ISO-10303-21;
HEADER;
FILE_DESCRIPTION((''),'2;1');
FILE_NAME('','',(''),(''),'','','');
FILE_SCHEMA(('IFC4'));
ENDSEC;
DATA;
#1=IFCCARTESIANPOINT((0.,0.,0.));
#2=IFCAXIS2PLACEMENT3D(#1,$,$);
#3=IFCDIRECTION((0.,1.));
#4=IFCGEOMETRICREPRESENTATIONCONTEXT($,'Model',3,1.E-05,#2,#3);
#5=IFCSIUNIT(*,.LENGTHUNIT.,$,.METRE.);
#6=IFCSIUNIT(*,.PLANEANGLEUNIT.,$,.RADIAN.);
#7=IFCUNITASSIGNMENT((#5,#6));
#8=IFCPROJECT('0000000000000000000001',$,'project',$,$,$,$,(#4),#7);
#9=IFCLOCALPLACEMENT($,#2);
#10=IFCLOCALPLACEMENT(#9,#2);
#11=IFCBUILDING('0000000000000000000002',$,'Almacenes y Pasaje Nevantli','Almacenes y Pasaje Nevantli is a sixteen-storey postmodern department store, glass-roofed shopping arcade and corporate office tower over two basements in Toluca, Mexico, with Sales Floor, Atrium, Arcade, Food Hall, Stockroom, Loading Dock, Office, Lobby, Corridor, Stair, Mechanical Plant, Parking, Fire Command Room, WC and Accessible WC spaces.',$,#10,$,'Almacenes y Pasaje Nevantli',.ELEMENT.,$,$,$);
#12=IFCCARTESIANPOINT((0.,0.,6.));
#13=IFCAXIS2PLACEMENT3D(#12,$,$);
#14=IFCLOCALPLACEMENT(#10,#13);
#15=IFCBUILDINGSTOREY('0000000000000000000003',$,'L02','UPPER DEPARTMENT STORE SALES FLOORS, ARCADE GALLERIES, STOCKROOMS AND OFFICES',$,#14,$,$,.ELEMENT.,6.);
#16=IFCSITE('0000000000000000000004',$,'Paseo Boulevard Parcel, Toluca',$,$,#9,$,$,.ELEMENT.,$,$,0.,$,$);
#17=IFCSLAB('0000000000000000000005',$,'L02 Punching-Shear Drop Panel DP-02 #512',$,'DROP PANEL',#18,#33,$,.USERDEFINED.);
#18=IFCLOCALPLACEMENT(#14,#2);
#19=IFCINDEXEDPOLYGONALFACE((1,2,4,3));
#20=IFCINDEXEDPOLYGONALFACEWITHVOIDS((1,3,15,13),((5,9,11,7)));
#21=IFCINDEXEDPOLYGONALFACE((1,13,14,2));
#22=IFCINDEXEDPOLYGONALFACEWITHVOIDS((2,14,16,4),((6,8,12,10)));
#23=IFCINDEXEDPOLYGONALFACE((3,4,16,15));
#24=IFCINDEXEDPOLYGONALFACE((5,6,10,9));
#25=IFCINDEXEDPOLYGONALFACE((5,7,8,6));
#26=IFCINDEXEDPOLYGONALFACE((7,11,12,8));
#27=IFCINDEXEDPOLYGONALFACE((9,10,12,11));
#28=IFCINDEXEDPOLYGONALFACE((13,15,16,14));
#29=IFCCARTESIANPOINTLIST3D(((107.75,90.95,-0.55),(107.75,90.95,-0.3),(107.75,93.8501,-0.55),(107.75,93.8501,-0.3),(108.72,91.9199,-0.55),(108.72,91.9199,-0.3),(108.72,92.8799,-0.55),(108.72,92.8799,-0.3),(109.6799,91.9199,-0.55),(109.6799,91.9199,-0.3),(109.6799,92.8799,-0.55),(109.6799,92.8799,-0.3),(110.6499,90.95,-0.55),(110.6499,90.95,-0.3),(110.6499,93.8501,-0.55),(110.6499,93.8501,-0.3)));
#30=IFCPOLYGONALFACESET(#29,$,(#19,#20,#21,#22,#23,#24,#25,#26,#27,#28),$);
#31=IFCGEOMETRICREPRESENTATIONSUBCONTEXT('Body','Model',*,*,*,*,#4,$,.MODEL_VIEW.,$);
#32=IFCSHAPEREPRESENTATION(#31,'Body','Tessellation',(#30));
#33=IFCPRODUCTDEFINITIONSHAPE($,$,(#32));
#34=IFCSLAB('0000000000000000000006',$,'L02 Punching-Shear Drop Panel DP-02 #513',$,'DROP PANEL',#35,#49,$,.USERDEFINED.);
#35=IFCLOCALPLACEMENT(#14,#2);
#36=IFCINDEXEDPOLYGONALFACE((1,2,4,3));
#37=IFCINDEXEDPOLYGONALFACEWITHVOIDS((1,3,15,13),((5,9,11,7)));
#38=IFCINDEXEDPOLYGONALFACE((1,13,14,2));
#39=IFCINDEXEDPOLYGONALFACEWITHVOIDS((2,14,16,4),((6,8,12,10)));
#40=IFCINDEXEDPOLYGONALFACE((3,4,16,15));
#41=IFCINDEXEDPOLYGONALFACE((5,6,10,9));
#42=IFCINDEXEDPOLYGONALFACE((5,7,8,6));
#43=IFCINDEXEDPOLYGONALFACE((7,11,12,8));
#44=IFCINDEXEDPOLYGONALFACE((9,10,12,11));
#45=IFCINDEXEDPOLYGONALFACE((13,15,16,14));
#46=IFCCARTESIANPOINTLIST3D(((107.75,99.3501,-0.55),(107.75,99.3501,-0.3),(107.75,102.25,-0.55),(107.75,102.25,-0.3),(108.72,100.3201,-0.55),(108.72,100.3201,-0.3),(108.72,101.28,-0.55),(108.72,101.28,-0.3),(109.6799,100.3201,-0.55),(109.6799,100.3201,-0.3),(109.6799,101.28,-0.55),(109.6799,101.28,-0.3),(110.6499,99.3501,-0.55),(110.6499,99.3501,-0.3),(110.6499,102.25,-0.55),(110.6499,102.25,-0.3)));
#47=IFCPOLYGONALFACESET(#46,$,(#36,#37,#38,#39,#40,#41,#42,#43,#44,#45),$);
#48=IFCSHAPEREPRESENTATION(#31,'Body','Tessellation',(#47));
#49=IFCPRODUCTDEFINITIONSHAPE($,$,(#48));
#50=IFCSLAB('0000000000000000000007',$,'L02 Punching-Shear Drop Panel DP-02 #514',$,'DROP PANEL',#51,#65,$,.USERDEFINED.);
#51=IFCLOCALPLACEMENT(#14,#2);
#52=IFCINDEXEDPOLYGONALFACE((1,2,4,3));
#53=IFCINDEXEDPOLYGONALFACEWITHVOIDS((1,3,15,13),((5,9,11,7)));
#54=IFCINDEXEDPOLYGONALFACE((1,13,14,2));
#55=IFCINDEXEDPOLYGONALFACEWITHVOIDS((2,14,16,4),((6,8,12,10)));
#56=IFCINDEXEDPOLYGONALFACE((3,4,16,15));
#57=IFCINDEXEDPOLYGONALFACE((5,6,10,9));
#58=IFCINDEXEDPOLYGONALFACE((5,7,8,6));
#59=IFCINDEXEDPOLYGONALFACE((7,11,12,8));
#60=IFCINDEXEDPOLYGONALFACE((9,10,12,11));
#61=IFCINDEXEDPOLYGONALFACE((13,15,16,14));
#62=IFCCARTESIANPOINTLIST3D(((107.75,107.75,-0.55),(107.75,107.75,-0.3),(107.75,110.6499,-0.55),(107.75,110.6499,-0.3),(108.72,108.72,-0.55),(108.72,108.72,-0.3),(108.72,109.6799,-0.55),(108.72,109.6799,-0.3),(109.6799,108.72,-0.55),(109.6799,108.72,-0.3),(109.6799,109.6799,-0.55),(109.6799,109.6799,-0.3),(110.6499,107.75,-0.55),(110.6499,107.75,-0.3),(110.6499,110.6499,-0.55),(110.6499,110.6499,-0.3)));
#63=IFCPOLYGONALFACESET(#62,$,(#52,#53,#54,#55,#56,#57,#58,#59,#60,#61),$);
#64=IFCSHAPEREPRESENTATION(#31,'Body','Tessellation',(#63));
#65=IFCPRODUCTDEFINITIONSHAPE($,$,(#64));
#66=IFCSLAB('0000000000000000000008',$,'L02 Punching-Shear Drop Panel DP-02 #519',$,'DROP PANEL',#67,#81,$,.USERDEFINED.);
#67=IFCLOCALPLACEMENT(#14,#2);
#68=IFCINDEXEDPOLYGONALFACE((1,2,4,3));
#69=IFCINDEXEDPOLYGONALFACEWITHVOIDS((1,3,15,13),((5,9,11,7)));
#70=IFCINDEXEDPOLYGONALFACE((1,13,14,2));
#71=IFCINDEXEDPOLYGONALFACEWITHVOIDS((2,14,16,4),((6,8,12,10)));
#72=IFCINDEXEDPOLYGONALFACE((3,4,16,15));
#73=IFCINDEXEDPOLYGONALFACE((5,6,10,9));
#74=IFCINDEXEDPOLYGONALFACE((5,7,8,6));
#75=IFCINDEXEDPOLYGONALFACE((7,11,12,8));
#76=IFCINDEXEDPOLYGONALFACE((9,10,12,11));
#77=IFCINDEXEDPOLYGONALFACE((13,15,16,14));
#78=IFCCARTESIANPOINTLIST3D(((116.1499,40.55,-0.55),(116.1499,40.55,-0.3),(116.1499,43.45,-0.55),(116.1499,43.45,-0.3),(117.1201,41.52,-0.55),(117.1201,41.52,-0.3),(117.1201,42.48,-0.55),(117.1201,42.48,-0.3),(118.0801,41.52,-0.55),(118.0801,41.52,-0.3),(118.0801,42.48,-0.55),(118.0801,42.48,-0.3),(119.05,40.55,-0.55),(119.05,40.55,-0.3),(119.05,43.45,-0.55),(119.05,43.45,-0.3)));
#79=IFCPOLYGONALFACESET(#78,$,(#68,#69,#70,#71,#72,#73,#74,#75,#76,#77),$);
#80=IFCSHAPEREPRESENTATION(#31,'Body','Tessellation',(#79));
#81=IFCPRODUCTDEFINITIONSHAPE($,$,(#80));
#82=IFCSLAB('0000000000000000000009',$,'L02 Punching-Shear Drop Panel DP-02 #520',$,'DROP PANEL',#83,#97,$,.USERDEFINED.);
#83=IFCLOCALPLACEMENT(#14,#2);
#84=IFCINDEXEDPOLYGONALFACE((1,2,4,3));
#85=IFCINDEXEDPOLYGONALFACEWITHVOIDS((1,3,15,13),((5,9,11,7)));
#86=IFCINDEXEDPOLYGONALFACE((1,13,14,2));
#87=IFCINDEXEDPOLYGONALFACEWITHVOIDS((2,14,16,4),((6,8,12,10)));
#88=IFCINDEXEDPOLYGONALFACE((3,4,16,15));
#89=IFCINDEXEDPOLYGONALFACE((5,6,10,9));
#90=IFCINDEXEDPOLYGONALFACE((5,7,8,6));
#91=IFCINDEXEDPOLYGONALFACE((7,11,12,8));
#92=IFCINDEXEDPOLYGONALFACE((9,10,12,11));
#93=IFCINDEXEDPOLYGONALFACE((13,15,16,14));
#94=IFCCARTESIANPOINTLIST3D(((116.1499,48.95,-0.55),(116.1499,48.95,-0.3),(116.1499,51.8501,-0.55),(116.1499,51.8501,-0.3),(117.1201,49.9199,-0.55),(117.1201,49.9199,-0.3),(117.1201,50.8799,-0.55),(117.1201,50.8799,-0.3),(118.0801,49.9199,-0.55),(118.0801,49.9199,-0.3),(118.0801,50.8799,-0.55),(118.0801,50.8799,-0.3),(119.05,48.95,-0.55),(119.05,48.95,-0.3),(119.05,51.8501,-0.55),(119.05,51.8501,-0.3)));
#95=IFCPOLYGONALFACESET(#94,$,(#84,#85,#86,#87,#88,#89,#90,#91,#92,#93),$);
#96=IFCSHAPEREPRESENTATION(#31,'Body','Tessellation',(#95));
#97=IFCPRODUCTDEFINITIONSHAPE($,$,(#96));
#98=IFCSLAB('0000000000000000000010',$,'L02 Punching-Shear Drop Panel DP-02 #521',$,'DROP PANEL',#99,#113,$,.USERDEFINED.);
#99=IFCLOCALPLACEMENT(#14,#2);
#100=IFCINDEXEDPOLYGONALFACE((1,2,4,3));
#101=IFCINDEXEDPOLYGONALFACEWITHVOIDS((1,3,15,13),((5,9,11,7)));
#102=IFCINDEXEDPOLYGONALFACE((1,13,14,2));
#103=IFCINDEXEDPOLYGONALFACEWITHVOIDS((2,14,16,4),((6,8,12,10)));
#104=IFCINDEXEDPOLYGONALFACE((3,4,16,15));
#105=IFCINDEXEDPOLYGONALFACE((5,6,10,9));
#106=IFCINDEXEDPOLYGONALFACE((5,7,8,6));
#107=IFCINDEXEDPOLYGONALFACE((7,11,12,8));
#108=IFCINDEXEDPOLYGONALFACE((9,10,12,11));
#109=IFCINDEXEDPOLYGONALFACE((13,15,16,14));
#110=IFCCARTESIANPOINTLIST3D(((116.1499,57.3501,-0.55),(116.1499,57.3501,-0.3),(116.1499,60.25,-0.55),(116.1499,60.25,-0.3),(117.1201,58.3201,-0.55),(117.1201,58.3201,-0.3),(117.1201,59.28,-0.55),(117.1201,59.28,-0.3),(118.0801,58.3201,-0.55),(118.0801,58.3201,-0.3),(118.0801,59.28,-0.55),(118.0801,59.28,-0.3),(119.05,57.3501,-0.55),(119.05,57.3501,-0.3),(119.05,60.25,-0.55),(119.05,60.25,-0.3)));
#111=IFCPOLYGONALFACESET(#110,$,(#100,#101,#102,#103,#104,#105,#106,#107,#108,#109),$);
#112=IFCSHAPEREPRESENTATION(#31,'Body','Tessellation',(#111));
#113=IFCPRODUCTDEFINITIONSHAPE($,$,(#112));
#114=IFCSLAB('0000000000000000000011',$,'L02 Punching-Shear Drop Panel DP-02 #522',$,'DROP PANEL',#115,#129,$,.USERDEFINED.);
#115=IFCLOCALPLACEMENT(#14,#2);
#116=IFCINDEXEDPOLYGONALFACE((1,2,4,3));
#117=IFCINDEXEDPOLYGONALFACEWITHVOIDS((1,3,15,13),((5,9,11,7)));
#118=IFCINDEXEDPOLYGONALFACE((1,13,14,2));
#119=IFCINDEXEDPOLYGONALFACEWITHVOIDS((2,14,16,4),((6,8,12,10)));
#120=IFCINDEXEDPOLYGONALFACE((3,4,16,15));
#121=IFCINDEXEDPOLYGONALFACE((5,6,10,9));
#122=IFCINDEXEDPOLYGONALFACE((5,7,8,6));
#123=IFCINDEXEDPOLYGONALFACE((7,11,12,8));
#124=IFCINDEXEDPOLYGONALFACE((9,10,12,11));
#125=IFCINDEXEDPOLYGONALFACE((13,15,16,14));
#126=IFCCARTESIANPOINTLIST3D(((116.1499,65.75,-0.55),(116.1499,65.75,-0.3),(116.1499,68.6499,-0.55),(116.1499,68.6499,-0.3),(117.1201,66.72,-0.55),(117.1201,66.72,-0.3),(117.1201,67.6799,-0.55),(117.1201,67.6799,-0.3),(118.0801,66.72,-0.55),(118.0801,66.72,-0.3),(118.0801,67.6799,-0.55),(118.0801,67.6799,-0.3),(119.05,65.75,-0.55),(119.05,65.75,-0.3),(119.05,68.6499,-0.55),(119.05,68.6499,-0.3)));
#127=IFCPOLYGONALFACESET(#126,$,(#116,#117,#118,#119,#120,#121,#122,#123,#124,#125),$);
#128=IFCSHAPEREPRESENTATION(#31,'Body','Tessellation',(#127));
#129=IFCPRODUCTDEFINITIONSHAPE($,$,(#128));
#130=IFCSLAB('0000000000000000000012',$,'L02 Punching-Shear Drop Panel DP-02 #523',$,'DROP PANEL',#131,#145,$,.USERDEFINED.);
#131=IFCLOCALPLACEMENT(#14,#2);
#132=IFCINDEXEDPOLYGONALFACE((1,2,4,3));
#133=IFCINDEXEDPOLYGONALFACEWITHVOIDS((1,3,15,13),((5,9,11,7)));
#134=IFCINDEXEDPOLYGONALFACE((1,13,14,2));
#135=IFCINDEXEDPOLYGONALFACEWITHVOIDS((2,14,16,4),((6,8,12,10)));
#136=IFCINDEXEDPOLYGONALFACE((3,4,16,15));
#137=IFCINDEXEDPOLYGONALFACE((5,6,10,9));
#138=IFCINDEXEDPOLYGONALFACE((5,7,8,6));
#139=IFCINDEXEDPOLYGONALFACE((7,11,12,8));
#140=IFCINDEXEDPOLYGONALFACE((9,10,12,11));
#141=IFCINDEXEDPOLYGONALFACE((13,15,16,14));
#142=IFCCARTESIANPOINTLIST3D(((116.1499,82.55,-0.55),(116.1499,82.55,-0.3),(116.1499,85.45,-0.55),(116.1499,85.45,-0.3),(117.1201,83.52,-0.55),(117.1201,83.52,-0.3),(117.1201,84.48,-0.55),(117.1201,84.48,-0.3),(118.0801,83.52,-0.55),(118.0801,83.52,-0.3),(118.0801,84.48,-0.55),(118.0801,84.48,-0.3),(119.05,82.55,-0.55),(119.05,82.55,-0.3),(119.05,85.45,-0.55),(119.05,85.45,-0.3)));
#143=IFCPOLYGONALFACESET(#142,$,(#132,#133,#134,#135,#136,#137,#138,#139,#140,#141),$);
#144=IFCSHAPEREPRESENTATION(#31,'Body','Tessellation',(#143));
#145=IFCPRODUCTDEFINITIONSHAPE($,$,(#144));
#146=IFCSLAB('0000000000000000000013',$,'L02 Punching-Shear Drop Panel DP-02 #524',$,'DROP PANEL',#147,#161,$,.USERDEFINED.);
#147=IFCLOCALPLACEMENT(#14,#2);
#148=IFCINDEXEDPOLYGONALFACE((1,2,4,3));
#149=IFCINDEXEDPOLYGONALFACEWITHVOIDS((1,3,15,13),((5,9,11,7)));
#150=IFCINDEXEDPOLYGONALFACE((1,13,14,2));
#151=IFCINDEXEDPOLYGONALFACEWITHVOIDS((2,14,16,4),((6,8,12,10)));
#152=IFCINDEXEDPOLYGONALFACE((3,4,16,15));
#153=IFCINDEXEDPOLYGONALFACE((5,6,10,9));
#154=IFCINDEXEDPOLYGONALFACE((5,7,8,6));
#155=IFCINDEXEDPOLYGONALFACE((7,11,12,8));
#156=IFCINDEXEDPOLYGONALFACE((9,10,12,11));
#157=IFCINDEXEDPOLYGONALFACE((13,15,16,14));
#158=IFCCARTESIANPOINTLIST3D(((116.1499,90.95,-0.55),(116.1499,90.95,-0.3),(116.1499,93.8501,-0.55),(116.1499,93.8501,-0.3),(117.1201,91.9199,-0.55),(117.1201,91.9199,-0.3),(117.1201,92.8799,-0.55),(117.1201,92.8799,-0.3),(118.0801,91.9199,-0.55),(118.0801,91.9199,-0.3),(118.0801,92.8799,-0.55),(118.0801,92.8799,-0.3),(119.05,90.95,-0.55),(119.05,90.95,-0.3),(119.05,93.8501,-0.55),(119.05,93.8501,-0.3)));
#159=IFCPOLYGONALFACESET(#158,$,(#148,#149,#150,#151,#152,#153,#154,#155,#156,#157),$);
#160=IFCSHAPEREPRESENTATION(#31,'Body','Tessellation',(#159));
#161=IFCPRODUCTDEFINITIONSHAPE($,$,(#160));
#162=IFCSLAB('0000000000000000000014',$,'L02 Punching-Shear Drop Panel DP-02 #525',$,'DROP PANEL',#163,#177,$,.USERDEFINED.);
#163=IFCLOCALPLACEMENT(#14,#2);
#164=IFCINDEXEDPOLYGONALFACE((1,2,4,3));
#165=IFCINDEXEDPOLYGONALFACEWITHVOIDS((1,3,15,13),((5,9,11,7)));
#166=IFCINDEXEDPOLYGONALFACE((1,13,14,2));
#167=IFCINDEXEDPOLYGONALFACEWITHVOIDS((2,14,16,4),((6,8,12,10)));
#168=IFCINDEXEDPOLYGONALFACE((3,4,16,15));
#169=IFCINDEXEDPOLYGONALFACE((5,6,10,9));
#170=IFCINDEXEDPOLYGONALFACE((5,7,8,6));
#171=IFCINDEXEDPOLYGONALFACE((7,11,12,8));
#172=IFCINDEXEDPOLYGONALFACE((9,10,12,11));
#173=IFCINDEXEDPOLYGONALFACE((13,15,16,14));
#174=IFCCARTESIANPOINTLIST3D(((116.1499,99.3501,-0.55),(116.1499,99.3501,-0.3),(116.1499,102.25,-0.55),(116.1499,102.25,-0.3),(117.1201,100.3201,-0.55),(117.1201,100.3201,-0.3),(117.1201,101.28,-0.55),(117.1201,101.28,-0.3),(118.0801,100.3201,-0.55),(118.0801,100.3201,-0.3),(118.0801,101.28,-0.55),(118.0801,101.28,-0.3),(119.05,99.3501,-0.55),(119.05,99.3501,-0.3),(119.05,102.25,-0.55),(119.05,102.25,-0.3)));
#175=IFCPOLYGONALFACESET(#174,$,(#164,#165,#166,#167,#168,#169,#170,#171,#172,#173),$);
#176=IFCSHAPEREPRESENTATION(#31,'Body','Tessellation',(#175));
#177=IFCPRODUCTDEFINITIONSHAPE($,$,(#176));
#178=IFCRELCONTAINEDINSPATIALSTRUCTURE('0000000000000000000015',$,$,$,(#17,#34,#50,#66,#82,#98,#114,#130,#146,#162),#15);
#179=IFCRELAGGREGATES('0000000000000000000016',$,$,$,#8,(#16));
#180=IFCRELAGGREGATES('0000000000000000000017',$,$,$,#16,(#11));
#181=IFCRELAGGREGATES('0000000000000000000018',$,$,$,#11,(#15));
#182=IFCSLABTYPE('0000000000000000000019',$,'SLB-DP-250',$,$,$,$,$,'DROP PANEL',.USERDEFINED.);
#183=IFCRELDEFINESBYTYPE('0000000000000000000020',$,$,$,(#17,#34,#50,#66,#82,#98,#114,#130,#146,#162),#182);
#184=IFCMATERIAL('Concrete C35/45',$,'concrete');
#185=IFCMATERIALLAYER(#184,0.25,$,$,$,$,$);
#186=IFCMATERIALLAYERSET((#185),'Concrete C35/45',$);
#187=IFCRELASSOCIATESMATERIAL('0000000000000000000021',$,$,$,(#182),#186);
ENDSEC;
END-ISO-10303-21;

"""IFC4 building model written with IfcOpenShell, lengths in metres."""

from ifc_helpers import new_model, si_unit, direction, frame, origin, place, context, subcontext, project, spatial, polyline, outline, extrude, material, layer, layer_set, type_object, element, save


model = new_model("IFC4")

# Units and contexts
model_context = context("Model", 3, precision=1e-05, world=origin(), true_north=direction((0.0, 1.0)))
body_context = subcontext(model_context, "Body", "Model", "MODEL_VIEW")
ifc_project = project(units=[si_unit("LENGTHUNIT", "METRE"), si_unit("PLANEANGLEUNIT", "RADIAN")], contexts=[model_context])

# Site, building, storey
site_placement = place(None, origin())
site = spatial("IfcSite", under=ifc_project, at=site_placement, Name="Paseo Boulevard Parcel, Toluca", CompositionType="ELEMENT", RefElevation=0.0)
building_placement = place(site_placement, origin())
building = spatial("IfcBuilding", under=site, at=building_placement, Name="Almacenes y Pasaje Nevantli", Description="Almacenes y Pasaje Nevantli is a sixteen-storey postmodern department store, glass-roofed shopping arcade and corporate office tower over two basements in Toluca, Mexico, with Sales Floor, Atrium, Arcade, Food Hall, Stockroom, Loading Dock, Office, Lobby, Corridor, Stair, Mechanical Plant, Parking, Fire Command Room, WC and Accessible WC spaces.", LongName="Almacenes y Pasaje Nevantli", CompositionType="ELEMENT")
storey_placement = place(building_placement, frame((0.0, 0.0, 6.0)))
storey = spatial("IfcBuildingStorey", under=building, at=storey_placement, Name="L02", Description="UPPER DEPARTMENT STORE SALES FLOORS, ARCADE GALLERIES, STOCKROOMS AND OFFICES", CompositionType="ELEMENT", Elevation=6.0)

# Slabs
ifc_material_1 = material(Name="Concrete C35/45", Category="concrete")
ifc_layer_1 = layer(ifc_material_1, 0.25)
ifc_layer_set_1 = layer_set([ifc_layer_1], Name="Concrete C35/45")
slab_type_1 = type_object("IfcSlabType", Name="SLB-DP-250", ElementType="DROP PANEL", PredefinedType="USERDEFINED", material=ifc_layer_set_1)
slab_1_placement = place(storey_placement, frame((0.0, 0.0, -0.55)))
element("IfcSlab", 1, at=slab_1_placement, inside=storey, type_object=slab_type_1, Name="L02 Punching-Shear Drop Panel DP-02 #512", ObjectType="DROP PANEL", PredefinedType="USERDEFINED", context=body_context, shape_type="SweptSolid", body=[
    extrude(outline(polyline([(107.75, 90.95), (110.6499, 90.95), (110.6499, 93.8501), (107.75, 93.8501), (107.75, 90.95)]), holes=[polyline([(108.72, 91.9199), (109.6799, 91.9199), (109.6799, 92.8799), (108.72, 92.8799), (108.72, 91.9199)])]), origin(), (0.0, 0.0, 1.0), 0.25),
])
slab_2_placement = place(storey_placement, frame((0.0, 0.0, -0.55)))
element("IfcSlab", 2, at=slab_2_placement, inside=storey, type_object=slab_type_1, Name="L02 Punching-Shear Drop Panel DP-02 #513", ObjectType="DROP PANEL", PredefinedType="USERDEFINED", context=body_context, shape_type="SweptSolid", body=[
    extrude(outline(polyline([(107.75, 99.3501), (110.6499, 99.3501), (110.6499, 102.25), (107.75, 102.25), (107.75, 99.3501)]), holes=[polyline([(108.72, 100.3201), (109.6799, 100.3201), (109.6799, 101.28), (108.72, 101.28), (108.72, 100.3201)])]), origin(), (0.0, 0.0, 1.0), 0.25),
])
slab_3_placement = place(storey_placement, frame((0.0, 0.0, -0.55)))
element("IfcSlab", 3, at=slab_3_placement, inside=storey, type_object=slab_type_1, Name="L02 Punching-Shear Drop Panel DP-02 #514", ObjectType="DROP PANEL", PredefinedType="USERDEFINED", context=body_context, shape_type="SweptSolid", body=[
    extrude(outline(polyline([(107.75, 107.75), (110.6499, 107.75), (110.6499, 110.6499), (107.75, 110.6499), (107.75, 107.75)]), holes=[polyline([(108.72, 108.72), (109.6799, 108.72), (109.6799, 109.6799), (108.72, 109.6799), (108.72, 108.72)])]), origin(), (0.0, 0.0, 1.0), 0.25),
])
slab_4_placement = place(storey_placement, frame((0.0, 0.0, -0.55)))
element("IfcSlab", 4, at=slab_4_placement, inside=storey, type_object=slab_type_1, Name="L02 Punching-Shear Drop Panel DP-02 #519", ObjectType="DROP PANEL", PredefinedType="USERDEFINED", context=body_context, shape_type="SweptSolid", body=[
    extrude(outline(polyline([(116.1499, 40.55), (119.05, 40.55), (119.05, 43.45), (116.1499, 43.45), (116.1499, 40.55)]), holes=[polyline([(117.1201, 41.52), (118.0801, 41.52), (118.0801, 42.48), (117.1201, 42.48), (117.1201, 41.52)])]), origin(), (0.0, 0.0, 1.0), 0.25),
])
slab_5_placement = place(storey_placement, frame((0.0, 0.0, -0.55)))
element("IfcSlab", 5, at=slab_5_placement, inside=storey, type_object=slab_type_1, Name="L02 Punching-Shear Drop Panel DP-02 #520", ObjectType="DROP PANEL", PredefinedType="USERDEFINED", context=body_context, shape_type="SweptSolid", body=[
    extrude(outline(polyline([(116.1499, 48.95), (119.05, 48.95), (119.05, 51.8501), (116.1499, 51.8501), (116.1499, 48.95)]), holes=[polyline([(117.1201, 49.9199), (118.0801, 49.9199), (118.0801, 50.8799), (117.1201, 50.8799), (117.1201, 49.9199)])]), origin(), (0.0, 0.0, 1.0), 0.25),
])
slab_6_placement = place(storey_placement, frame((0.0, 0.0, -0.55)))
element("IfcSlab", 6, at=slab_6_placement, inside=storey, type_object=slab_type_1, Name="L02 Punching-Shear Drop Panel DP-02 #521", ObjectType="DROP PANEL", PredefinedType="USERDEFINED", context=body_context, shape_type="SweptSolid", body=[
    extrude(outline(polyline([(116.1499, 57.3501), (119.05, 57.3501), (119.05, 60.25), (116.1499, 60.25), (116.1499, 57.3501)]), holes=[polyline([(117.1201, 58.3201), (118.0801, 58.3201), (118.0801, 59.28), (117.1201, 59.28), (117.1201, 58.3201)])]), origin(), (0.0, 0.0, 1.0), 0.25),
])
slab_7_placement = place(storey_placement, frame((0.0, 0.0, -0.55)))
element("IfcSlab", 7, at=slab_7_placement, inside=storey, type_object=slab_type_1, Name="L02 Punching-Shear Drop Panel DP-02 #522", ObjectType="DROP PANEL", PredefinedType="USERDEFINED", context=body_context, shape_type="SweptSolid", body=[
    extrude(outline(polyline([(116.1499, 65.75), (119.05, 65.75), (119.05, 68.6499), (116.1499, 68.6499), (116.1499, 65.75)]), holes=[polyline([(117.1201, 66.72), (118.0801, 66.72), (118.0801, 67.6799), (117.1201, 67.6799), (117.1201, 66.72)])]), origin(), (0.0, 0.0, 1.0), 0.25),
])
slab_8_placement = place(storey_placement, frame((0.0, 0.0, -0.55)))
element("IfcSlab", 8, at=slab_8_placement, inside=storey, type_object=slab_type_1, Name="L02 Punching-Shear Drop Panel DP-02 #523", ObjectType="DROP PANEL", PredefinedType="USERDEFINED", context=body_context, shape_type="SweptSolid", body=[
    extrude(outline(polyline([(116.1499, 82.55), (119.05, 82.55), (119.05, 85.45), (116.1499, 85.45), (116.1499, 82.55)]), holes=[polyline([(117.1201, 83.52), (118.0801, 83.52), (118.0801, 84.48), (117.1201, 84.48), (117.1201, 83.52)])]), origin(), (0.0, 0.0, 1.0), 0.25),
])
slab_9_placement = place(storey_placement, frame((0.0, 0.0, -0.55)))
element("IfcSlab", 9, at=slab_9_placement, inside=storey, type_object=slab_type_1, Name="L02 Punching-Shear Drop Panel DP-02 #524", ObjectType="DROP PANEL", PredefinedType="USERDEFINED", context=body_context, shape_type="SweptSolid", body=[
    extrude(outline(polyline([(116.1499, 90.95), (119.05, 90.95), (119.05, 93.8501), (116.1499, 93.8501), (116.1499, 90.95)]), holes=[polyline([(117.1201, 91.9199), (118.0801, 91.9199), (118.0801, 92.8799), (117.1201, 92.8799), (117.1201, 91.9199)])]), origin(), (0.0, 0.0, 1.0), 0.25),
])
slab_10_placement = place(storey_placement, frame((0.0, 0.0, -0.55)))
element("IfcSlab", 10, at=slab_10_placement, inside=storey, type_object=slab_type_1, Name="L02 Punching-Shear Drop Panel DP-02 #525", ObjectType="DROP PANEL", PredefinedType="USERDEFINED", context=body_context, shape_type="SweptSolid", body=[
    extrude(outline(polyline([(116.1499, 99.3501), (119.05, 99.3501), (119.05, 102.25), (116.1499, 102.25), (116.1499, 99.3501)]), holes=[polyline([(117.1201, 100.3201), (118.0801, 100.3201), (118.0801, 101.28), (117.1201, 101.28), (117.1201, 100.3201)])]), origin(), (0.0, 0.0, 1.0), 0.25),
])

save(model, "model.ifc")
